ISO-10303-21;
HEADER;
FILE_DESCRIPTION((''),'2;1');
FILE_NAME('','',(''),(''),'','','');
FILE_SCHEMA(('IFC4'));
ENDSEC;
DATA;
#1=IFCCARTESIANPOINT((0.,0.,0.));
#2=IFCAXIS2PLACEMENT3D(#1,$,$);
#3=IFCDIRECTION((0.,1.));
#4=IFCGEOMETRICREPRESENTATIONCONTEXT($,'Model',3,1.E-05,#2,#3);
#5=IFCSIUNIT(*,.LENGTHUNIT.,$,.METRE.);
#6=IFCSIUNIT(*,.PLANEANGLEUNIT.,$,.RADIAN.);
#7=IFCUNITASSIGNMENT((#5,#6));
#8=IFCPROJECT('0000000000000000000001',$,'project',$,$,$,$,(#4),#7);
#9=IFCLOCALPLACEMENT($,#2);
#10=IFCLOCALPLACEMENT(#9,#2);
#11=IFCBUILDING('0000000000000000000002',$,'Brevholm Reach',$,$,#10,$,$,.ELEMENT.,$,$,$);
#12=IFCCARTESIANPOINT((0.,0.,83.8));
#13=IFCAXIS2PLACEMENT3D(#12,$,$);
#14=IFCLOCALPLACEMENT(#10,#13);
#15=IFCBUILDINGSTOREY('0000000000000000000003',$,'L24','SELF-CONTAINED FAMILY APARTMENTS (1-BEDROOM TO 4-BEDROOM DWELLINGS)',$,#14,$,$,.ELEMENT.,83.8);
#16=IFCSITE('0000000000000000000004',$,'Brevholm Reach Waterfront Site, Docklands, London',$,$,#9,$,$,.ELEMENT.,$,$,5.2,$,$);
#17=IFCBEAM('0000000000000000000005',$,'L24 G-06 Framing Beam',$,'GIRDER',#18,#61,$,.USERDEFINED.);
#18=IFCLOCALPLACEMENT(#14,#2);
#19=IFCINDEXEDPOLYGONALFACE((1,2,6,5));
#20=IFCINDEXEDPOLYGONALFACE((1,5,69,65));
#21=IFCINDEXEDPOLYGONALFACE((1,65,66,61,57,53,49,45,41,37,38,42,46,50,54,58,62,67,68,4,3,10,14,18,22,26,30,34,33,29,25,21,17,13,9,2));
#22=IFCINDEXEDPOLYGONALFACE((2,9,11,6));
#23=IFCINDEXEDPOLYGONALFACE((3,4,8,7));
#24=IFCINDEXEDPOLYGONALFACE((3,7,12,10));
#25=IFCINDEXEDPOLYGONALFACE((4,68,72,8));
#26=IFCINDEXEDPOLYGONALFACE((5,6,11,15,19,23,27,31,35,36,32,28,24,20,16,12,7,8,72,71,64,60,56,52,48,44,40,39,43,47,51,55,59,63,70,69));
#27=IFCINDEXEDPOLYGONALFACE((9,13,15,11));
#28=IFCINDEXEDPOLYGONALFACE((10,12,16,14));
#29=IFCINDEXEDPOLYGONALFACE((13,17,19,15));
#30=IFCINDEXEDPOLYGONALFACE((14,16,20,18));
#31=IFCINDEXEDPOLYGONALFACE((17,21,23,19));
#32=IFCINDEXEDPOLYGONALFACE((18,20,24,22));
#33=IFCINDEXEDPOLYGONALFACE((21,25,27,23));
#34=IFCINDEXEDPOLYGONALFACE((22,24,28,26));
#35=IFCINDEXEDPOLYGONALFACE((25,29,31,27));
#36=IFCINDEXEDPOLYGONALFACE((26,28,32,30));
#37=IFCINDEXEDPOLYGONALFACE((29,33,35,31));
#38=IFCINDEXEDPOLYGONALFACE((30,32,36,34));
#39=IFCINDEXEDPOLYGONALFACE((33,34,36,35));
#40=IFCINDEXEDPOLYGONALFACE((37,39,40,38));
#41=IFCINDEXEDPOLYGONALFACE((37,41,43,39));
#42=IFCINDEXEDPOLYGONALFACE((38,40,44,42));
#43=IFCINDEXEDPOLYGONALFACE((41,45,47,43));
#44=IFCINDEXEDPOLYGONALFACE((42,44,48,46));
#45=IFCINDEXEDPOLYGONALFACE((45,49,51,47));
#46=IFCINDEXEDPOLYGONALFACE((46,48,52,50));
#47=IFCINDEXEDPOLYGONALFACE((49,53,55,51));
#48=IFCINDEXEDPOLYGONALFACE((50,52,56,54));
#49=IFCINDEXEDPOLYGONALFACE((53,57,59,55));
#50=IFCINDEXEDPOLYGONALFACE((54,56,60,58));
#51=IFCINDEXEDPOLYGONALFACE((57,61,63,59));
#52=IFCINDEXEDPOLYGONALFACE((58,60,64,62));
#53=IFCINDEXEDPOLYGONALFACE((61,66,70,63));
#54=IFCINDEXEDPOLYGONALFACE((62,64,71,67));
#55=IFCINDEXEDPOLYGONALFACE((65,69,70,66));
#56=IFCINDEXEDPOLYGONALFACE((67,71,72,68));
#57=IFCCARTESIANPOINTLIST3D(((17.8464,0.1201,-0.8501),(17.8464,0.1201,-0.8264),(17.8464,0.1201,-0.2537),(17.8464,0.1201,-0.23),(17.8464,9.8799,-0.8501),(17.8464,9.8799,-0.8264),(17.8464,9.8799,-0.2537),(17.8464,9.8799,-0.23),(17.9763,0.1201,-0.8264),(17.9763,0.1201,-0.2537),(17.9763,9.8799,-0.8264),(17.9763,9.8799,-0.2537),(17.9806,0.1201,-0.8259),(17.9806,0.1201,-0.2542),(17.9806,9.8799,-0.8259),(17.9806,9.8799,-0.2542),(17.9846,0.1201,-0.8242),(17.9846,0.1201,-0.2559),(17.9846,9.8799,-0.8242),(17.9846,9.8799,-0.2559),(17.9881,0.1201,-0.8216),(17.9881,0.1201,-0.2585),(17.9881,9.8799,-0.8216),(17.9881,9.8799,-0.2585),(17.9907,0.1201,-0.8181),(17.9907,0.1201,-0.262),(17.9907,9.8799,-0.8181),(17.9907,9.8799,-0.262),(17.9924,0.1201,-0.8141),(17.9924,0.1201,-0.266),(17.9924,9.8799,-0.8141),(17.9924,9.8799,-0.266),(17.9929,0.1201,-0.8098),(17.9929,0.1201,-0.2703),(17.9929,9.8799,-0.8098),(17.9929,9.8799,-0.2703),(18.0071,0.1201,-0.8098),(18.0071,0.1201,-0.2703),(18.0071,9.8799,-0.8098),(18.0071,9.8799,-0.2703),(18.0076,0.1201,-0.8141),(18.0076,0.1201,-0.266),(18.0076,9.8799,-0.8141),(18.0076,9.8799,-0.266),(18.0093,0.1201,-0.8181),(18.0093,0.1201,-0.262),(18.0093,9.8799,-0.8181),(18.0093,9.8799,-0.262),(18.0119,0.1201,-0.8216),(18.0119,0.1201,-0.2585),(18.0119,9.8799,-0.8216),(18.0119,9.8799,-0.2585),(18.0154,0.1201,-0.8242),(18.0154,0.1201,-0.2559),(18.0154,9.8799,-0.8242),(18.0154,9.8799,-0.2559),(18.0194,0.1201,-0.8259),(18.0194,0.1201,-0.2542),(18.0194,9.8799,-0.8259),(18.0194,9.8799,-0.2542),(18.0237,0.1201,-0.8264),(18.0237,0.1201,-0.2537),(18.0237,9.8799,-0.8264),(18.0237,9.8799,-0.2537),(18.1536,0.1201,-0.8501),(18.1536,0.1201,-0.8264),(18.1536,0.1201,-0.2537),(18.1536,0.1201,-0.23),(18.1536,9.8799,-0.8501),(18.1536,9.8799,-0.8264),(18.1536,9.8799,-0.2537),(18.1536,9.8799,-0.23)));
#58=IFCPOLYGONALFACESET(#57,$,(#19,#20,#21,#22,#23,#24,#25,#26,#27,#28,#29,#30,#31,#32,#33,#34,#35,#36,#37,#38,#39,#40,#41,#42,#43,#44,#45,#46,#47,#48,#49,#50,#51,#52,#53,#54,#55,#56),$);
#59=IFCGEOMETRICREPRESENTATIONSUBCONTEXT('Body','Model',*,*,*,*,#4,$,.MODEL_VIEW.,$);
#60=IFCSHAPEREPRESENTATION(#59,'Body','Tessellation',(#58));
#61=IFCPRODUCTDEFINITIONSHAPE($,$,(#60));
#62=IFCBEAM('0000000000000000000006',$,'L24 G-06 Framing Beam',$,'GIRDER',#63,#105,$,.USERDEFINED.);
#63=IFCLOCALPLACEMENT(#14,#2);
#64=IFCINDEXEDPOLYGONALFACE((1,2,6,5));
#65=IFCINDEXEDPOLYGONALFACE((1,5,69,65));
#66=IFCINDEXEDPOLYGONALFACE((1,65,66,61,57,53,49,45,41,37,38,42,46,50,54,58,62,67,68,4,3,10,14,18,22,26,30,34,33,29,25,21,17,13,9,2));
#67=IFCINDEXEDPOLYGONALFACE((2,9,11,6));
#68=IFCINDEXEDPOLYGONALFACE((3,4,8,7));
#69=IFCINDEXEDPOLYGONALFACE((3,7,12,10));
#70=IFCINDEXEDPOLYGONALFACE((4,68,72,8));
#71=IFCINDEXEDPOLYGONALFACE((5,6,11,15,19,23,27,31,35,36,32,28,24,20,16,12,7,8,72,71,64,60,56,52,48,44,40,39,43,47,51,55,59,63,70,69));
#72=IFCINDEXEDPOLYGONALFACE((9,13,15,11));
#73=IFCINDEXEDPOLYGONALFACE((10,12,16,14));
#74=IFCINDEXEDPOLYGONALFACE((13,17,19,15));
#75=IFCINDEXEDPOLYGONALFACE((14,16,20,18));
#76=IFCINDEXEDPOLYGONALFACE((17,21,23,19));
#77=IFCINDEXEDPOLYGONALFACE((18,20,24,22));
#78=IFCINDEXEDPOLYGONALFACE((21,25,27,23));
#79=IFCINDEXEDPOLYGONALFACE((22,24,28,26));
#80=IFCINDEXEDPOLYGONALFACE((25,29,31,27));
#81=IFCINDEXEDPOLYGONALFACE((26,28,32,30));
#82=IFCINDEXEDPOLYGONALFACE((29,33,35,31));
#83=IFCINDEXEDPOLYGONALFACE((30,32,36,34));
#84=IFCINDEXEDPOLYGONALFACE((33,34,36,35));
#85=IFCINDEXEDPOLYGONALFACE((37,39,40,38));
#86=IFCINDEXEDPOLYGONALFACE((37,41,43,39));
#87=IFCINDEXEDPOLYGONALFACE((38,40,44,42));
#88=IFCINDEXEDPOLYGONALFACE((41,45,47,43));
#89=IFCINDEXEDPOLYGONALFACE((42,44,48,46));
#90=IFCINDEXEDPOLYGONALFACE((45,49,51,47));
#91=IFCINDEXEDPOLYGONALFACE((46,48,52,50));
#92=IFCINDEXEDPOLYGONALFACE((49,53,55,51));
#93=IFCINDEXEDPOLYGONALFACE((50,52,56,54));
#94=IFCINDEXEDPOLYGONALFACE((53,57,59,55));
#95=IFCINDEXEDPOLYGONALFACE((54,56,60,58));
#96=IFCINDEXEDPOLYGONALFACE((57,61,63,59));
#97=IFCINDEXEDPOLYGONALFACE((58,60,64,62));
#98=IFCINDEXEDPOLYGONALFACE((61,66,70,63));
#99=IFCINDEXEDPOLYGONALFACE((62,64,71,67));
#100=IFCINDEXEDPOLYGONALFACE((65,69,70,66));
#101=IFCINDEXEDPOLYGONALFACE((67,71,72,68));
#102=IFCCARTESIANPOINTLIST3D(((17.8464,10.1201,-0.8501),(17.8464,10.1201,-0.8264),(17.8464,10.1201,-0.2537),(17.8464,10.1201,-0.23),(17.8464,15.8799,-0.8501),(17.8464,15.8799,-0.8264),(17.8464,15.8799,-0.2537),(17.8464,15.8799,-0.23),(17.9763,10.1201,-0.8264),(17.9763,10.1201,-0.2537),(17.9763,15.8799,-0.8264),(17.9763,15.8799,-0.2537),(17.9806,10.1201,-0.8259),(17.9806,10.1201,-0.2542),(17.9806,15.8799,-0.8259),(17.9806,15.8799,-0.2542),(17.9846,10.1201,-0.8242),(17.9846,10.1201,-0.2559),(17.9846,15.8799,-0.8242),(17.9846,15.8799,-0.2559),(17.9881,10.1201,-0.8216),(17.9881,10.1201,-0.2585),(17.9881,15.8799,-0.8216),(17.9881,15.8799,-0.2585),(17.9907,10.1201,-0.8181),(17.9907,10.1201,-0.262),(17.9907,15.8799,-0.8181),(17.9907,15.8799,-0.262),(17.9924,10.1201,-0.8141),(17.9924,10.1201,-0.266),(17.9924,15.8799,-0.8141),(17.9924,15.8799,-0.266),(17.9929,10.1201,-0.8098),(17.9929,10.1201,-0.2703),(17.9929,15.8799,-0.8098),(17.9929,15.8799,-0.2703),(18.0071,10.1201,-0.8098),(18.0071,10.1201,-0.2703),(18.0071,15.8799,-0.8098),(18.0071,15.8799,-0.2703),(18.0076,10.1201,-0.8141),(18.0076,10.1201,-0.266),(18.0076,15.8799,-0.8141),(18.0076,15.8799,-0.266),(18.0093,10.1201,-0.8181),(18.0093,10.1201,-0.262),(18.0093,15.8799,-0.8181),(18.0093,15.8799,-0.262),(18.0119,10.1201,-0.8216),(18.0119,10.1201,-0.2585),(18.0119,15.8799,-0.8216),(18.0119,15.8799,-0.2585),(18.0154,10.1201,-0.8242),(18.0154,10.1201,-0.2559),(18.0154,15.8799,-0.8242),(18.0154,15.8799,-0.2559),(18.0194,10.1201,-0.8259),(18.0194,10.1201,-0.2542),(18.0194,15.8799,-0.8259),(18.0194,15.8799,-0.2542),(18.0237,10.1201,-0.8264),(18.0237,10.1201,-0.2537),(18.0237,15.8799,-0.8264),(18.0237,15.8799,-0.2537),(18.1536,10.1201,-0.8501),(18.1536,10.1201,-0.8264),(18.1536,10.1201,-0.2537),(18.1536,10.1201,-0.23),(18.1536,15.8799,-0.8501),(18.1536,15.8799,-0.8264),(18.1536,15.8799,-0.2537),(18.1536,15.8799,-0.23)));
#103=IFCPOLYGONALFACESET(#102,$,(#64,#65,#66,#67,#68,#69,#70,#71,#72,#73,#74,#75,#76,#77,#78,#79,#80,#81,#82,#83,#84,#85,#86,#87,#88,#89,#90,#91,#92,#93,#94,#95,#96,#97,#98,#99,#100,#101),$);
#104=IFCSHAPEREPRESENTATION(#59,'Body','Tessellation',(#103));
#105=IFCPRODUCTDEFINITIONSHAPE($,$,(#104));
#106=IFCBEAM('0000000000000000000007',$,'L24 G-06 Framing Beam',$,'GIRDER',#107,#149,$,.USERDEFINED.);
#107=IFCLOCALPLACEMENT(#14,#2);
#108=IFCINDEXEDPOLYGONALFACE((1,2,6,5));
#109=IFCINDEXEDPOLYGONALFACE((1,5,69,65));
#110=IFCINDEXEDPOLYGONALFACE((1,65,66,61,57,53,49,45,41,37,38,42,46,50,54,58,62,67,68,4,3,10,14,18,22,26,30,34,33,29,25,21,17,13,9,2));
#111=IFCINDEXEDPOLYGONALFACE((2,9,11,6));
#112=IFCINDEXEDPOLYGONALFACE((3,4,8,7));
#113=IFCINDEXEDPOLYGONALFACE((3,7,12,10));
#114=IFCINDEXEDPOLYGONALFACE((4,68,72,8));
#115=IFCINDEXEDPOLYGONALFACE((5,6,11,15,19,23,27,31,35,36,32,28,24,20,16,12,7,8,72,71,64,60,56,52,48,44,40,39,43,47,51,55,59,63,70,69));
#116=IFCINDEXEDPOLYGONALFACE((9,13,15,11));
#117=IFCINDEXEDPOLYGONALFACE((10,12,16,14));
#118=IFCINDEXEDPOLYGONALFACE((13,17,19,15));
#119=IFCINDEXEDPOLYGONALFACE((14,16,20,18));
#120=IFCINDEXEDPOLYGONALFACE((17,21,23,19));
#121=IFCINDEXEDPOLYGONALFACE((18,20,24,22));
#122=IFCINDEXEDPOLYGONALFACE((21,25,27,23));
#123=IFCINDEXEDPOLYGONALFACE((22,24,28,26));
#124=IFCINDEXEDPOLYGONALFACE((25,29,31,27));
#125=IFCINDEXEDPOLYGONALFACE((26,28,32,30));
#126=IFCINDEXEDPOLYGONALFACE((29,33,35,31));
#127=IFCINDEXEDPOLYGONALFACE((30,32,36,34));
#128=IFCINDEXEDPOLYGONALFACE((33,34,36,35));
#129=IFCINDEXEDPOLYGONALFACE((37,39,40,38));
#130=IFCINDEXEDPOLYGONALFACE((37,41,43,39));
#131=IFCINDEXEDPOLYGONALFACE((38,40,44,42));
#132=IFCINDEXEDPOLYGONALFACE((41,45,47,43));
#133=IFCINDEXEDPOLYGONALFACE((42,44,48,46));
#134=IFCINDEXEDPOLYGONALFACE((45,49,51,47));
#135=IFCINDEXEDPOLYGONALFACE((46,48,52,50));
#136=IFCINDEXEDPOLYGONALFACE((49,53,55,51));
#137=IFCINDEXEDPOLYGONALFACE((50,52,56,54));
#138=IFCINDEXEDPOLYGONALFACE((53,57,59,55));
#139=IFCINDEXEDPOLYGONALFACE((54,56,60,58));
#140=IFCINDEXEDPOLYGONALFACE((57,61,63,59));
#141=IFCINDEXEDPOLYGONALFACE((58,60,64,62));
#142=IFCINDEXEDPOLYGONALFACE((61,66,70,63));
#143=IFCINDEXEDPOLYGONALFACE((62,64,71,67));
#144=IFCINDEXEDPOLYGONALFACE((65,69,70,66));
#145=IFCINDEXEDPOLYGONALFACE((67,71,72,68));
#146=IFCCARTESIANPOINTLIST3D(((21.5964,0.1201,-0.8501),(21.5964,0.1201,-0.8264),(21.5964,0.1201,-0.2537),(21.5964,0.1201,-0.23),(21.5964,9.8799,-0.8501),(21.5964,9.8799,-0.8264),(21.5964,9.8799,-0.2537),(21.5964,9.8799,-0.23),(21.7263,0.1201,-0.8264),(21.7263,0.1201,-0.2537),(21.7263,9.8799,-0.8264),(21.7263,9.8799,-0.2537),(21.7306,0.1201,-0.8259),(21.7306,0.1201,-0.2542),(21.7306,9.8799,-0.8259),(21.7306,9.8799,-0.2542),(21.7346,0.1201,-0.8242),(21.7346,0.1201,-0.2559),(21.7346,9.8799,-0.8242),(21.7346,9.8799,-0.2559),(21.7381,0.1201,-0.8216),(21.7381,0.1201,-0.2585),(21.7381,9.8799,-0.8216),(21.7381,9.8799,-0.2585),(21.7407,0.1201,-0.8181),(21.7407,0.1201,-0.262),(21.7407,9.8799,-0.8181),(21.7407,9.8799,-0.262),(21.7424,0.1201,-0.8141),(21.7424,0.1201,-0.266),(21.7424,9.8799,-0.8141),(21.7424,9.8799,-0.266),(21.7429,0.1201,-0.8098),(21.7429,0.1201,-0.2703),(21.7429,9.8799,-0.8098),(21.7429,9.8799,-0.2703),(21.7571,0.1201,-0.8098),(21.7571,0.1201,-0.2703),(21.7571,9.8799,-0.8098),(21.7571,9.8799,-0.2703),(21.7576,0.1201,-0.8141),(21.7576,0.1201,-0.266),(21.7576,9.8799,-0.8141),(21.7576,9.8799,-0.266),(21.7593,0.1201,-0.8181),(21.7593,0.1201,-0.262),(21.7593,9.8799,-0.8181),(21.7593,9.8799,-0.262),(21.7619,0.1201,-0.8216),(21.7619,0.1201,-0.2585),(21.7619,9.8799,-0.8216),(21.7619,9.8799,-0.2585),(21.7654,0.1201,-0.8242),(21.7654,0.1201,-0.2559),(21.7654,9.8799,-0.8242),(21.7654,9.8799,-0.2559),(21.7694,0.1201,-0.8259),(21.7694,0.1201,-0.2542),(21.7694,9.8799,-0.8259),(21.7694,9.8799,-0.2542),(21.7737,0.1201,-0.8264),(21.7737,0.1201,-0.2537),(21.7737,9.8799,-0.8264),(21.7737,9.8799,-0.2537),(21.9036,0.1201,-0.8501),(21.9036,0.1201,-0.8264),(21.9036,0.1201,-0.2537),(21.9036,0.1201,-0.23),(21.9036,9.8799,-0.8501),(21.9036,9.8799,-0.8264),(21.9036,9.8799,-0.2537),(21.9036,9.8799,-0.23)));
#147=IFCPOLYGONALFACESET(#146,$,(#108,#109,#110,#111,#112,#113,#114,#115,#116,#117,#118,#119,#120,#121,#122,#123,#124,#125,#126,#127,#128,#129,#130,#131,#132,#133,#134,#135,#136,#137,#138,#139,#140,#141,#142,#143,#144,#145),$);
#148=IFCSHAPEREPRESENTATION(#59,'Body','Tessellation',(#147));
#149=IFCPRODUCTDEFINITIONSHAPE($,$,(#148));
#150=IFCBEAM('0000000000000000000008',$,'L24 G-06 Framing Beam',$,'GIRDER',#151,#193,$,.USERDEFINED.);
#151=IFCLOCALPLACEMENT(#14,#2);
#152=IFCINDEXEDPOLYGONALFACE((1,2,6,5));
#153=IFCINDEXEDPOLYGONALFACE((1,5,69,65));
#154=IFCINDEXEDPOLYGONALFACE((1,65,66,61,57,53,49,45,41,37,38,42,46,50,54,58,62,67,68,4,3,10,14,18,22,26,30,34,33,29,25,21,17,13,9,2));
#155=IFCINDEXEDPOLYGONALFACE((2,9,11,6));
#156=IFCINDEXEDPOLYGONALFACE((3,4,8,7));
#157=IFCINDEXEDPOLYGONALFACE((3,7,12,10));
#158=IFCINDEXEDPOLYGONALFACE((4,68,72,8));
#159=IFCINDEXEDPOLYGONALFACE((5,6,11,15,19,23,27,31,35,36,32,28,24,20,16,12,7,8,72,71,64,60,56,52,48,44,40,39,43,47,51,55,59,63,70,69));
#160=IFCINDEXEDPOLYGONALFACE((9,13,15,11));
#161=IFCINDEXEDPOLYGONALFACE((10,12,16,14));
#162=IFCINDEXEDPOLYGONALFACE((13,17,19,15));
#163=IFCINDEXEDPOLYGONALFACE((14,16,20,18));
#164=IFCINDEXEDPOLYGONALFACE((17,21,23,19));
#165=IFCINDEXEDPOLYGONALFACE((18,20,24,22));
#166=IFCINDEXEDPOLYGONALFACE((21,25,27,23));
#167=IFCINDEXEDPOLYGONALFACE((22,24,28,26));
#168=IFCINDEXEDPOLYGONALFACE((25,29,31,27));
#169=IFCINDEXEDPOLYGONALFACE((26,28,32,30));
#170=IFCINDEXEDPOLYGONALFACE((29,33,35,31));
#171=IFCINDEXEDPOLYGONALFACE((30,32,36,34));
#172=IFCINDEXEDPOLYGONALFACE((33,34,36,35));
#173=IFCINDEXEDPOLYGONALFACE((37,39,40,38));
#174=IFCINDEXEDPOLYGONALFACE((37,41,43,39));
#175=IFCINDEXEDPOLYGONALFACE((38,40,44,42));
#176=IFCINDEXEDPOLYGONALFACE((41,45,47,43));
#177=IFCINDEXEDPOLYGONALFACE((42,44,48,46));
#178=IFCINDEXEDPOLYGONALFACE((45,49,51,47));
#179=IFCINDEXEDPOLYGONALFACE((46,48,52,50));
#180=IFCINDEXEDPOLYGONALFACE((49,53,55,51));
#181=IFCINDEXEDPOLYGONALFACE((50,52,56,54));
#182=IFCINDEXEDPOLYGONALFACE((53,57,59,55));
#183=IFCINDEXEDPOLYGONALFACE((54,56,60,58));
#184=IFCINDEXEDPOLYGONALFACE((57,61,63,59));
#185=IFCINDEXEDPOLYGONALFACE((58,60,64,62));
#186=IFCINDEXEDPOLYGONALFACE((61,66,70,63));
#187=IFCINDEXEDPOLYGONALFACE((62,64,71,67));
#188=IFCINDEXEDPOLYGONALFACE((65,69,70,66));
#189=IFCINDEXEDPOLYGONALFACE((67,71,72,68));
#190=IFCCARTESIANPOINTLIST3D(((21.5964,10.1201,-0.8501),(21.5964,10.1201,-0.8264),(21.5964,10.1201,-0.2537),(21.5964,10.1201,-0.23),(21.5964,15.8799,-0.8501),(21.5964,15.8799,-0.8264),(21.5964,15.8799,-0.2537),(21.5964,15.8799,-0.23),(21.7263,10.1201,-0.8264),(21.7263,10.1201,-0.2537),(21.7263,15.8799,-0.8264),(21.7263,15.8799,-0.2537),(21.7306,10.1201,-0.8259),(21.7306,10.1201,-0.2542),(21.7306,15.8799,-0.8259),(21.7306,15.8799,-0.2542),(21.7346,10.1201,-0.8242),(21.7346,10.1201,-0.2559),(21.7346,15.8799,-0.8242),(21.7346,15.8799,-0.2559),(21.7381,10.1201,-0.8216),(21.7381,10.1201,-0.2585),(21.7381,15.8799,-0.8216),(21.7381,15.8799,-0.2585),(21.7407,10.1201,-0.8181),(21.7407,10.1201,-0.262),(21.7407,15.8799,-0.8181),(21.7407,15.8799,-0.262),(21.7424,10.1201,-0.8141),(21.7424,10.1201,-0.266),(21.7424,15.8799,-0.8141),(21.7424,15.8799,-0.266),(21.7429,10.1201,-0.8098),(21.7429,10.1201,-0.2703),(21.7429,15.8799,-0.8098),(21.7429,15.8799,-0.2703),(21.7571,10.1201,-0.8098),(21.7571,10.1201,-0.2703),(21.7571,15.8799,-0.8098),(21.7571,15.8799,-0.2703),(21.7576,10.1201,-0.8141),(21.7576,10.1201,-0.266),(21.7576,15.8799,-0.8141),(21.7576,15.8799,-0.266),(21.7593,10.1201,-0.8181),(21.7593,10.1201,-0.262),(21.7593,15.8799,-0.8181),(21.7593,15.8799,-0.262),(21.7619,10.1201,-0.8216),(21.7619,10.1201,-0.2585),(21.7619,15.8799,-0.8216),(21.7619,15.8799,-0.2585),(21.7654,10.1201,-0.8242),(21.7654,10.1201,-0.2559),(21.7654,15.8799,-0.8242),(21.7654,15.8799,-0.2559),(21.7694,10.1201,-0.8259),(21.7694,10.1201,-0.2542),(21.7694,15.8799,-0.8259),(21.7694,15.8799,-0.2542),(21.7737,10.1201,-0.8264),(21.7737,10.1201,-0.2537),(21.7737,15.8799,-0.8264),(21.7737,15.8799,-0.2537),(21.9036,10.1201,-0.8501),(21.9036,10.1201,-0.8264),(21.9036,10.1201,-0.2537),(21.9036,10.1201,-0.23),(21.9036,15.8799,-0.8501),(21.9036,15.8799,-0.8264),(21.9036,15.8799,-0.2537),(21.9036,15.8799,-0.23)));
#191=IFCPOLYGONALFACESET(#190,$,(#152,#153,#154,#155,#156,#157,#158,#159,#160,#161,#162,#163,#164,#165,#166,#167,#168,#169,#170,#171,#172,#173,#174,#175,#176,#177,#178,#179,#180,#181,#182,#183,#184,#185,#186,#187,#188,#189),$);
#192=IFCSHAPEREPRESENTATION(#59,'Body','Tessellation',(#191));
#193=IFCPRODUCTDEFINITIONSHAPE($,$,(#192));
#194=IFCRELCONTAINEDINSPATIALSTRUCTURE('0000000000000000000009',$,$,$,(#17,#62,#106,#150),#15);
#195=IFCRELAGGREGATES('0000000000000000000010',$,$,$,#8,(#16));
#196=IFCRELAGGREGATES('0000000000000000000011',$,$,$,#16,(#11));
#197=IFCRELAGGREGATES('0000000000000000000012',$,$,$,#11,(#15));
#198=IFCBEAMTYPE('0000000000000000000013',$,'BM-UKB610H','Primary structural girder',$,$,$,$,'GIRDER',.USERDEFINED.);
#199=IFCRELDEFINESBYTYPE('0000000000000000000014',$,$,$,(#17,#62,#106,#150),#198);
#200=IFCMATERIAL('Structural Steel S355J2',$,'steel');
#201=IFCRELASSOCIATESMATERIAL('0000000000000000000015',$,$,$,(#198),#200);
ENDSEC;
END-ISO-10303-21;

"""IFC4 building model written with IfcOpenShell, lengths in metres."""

from ifc_helpers import new_model, si_unit, direction, frame, origin, origin_2d, place, context, subcontext, project, spatial, i_section, extrude, material, material_profile, profile_set, type_object, element, save


model = new_model("IFC4")

# Units and contexts
model_context = context("Model", 3, precision=1e-05, world=origin(), true_north=direction((0.0, 1.0)))
body_context = subcontext(model_context, "Body", "Model", "MODEL_VIEW")
ifc_project = project(units=[si_unit("LENGTHUNIT", "METRE"), si_unit("PLANEANGLEUNIT", "RADIAN")], contexts=[model_context])

# Site, building, storey
site_placement = place(None, origin())
site = spatial("IfcSite", under=ifc_project, at=site_placement, Name="Brevholm Reach Waterfront Site, Docklands, London", CompositionType="ELEMENT", RefElevation=5.2)
building_placement = place(site_placement, origin())
building = spatial("IfcBuilding", under=site, at=building_placement, Name="Brevholm Reach", CompositionType="ELEMENT")
storey_placement = place(building_placement, frame((0.0, 0.0, 83.8)))
storey = spatial("IfcBuildingStorey", under=building, at=storey_placement, Name="L24", Description="SELF-CONTAINED FAMILY APARTMENTS (1-BEDROOM TO 4-BEDROOM DWELLINGS)", CompositionType="ELEMENT", Elevation=83.8)

# Beams
ifc_material_1 = material(Name="Structural Steel S355J2", Category="steel")
ifc_material_profile_1 = material_profile(ifc_material_1, i_section(OverallWidth=0.3071, OverallDepth=0.6201, WebThickness=0.0142, FlangeThickness=0.0237, FilletRadius=0.0166, at=origin_2d()), Name="UKB 610x305x179")
ifc_profile_set_1 = profile_set([ifc_material_profile_1], Name="Structural Steel S355J2")
beam_type_1 = type_object("IfcBeamType", Name="BM-UKB610H", Description="Primary structural girder", ElementType="GIRDER", PredefinedType="USERDEFINED", material=ifc_profile_set_1)
beam_1_placement = place(storey_placement, frame((18.0, 0.1201, -0.54), z_axis=(0.0, 1.0, 0.0), x_axis=(-1.0, 0.0, 0.0)))
element("IfcBeam", 1, at=beam_1_placement, inside=storey, type_object=beam_type_1, Name="L24 G-06 Framing Beam", ObjectType="GIRDER", PredefinedType="USERDEFINED", context=body_context, shape_type="SweptSolid", body=[
    extrude(i_section(OverallWidth=0.3071, OverallDepth=0.6201, WebThickness=0.0142, FlangeThickness=0.0237, FilletRadius=0.0166, at=origin_2d()), origin(), (0.0, 0.0, 1.0), 9.7598),
])
beam_2_placement = place(storey_placement, frame((18.0, 10.1201, -0.54), z_axis=(0.0, 1.0, 0.0), x_axis=(-1.0, 0.0, 0.0)))
element("IfcBeam", 2, at=beam_2_placement, inside=storey, type_object=beam_type_1, Name="L24 G-06 Framing Beam", ObjectType="GIRDER", PredefinedType="USERDEFINED", context=body_context, shape_type="SweptSolid", body=[
    extrude(i_section(OverallWidth=0.3071, OverallDepth=0.6201, WebThickness=0.0142, FlangeThickness=0.0237, FilletRadius=0.0166, at=origin_2d()), origin(), (0.0, 0.0, 1.0), 5.7598),
])
beam_3_placement = place(storey_placement, frame((21.75, 0.1201, -0.54), z_axis=(0.0, 1.0, 0.0), x_axis=(-1.0, 0.0, 0.0)))
element("IfcBeam", 3, at=beam_3_placement, inside=storey, type_object=beam_type_1, Name="L24 G-06 Framing Beam", ObjectType="GIRDER", PredefinedType="USERDEFINED", context=body_context, shape_type="SweptSolid", body=[
    extrude(i_section(OverallWidth=0.3071, OverallDepth=0.6201, WebThickness=0.0142, FlangeThickness=0.0237, FilletRadius=0.0166, at=origin_2d()), origin(), (0.0, 0.0, 1.0), 9.7598),
])
beam_4_placement = place(storey_placement, frame((21.75, 10.1201, -0.54), z_axis=(0.0, 1.0, 0.0), x_axis=(-1.0, 0.0, 0.0)))
element("IfcBeam", 4, at=beam_4_placement, inside=storey, type_object=beam_type_1, Name="L24 G-06 Framing Beam", ObjectType="GIRDER", PredefinedType="USERDEFINED", context=body_context, shape_type="SweptSolid", body=[
    extrude(i_section(OverallWidth=0.3071, OverallDepth=0.6201, WebThickness=0.0142, FlangeThickness=0.0237, FilletRadius=0.0166, at=origin_2d()), origin(), (0.0, 0.0, 1.0), 5.7598),
])

save(model, "model.ifc")
